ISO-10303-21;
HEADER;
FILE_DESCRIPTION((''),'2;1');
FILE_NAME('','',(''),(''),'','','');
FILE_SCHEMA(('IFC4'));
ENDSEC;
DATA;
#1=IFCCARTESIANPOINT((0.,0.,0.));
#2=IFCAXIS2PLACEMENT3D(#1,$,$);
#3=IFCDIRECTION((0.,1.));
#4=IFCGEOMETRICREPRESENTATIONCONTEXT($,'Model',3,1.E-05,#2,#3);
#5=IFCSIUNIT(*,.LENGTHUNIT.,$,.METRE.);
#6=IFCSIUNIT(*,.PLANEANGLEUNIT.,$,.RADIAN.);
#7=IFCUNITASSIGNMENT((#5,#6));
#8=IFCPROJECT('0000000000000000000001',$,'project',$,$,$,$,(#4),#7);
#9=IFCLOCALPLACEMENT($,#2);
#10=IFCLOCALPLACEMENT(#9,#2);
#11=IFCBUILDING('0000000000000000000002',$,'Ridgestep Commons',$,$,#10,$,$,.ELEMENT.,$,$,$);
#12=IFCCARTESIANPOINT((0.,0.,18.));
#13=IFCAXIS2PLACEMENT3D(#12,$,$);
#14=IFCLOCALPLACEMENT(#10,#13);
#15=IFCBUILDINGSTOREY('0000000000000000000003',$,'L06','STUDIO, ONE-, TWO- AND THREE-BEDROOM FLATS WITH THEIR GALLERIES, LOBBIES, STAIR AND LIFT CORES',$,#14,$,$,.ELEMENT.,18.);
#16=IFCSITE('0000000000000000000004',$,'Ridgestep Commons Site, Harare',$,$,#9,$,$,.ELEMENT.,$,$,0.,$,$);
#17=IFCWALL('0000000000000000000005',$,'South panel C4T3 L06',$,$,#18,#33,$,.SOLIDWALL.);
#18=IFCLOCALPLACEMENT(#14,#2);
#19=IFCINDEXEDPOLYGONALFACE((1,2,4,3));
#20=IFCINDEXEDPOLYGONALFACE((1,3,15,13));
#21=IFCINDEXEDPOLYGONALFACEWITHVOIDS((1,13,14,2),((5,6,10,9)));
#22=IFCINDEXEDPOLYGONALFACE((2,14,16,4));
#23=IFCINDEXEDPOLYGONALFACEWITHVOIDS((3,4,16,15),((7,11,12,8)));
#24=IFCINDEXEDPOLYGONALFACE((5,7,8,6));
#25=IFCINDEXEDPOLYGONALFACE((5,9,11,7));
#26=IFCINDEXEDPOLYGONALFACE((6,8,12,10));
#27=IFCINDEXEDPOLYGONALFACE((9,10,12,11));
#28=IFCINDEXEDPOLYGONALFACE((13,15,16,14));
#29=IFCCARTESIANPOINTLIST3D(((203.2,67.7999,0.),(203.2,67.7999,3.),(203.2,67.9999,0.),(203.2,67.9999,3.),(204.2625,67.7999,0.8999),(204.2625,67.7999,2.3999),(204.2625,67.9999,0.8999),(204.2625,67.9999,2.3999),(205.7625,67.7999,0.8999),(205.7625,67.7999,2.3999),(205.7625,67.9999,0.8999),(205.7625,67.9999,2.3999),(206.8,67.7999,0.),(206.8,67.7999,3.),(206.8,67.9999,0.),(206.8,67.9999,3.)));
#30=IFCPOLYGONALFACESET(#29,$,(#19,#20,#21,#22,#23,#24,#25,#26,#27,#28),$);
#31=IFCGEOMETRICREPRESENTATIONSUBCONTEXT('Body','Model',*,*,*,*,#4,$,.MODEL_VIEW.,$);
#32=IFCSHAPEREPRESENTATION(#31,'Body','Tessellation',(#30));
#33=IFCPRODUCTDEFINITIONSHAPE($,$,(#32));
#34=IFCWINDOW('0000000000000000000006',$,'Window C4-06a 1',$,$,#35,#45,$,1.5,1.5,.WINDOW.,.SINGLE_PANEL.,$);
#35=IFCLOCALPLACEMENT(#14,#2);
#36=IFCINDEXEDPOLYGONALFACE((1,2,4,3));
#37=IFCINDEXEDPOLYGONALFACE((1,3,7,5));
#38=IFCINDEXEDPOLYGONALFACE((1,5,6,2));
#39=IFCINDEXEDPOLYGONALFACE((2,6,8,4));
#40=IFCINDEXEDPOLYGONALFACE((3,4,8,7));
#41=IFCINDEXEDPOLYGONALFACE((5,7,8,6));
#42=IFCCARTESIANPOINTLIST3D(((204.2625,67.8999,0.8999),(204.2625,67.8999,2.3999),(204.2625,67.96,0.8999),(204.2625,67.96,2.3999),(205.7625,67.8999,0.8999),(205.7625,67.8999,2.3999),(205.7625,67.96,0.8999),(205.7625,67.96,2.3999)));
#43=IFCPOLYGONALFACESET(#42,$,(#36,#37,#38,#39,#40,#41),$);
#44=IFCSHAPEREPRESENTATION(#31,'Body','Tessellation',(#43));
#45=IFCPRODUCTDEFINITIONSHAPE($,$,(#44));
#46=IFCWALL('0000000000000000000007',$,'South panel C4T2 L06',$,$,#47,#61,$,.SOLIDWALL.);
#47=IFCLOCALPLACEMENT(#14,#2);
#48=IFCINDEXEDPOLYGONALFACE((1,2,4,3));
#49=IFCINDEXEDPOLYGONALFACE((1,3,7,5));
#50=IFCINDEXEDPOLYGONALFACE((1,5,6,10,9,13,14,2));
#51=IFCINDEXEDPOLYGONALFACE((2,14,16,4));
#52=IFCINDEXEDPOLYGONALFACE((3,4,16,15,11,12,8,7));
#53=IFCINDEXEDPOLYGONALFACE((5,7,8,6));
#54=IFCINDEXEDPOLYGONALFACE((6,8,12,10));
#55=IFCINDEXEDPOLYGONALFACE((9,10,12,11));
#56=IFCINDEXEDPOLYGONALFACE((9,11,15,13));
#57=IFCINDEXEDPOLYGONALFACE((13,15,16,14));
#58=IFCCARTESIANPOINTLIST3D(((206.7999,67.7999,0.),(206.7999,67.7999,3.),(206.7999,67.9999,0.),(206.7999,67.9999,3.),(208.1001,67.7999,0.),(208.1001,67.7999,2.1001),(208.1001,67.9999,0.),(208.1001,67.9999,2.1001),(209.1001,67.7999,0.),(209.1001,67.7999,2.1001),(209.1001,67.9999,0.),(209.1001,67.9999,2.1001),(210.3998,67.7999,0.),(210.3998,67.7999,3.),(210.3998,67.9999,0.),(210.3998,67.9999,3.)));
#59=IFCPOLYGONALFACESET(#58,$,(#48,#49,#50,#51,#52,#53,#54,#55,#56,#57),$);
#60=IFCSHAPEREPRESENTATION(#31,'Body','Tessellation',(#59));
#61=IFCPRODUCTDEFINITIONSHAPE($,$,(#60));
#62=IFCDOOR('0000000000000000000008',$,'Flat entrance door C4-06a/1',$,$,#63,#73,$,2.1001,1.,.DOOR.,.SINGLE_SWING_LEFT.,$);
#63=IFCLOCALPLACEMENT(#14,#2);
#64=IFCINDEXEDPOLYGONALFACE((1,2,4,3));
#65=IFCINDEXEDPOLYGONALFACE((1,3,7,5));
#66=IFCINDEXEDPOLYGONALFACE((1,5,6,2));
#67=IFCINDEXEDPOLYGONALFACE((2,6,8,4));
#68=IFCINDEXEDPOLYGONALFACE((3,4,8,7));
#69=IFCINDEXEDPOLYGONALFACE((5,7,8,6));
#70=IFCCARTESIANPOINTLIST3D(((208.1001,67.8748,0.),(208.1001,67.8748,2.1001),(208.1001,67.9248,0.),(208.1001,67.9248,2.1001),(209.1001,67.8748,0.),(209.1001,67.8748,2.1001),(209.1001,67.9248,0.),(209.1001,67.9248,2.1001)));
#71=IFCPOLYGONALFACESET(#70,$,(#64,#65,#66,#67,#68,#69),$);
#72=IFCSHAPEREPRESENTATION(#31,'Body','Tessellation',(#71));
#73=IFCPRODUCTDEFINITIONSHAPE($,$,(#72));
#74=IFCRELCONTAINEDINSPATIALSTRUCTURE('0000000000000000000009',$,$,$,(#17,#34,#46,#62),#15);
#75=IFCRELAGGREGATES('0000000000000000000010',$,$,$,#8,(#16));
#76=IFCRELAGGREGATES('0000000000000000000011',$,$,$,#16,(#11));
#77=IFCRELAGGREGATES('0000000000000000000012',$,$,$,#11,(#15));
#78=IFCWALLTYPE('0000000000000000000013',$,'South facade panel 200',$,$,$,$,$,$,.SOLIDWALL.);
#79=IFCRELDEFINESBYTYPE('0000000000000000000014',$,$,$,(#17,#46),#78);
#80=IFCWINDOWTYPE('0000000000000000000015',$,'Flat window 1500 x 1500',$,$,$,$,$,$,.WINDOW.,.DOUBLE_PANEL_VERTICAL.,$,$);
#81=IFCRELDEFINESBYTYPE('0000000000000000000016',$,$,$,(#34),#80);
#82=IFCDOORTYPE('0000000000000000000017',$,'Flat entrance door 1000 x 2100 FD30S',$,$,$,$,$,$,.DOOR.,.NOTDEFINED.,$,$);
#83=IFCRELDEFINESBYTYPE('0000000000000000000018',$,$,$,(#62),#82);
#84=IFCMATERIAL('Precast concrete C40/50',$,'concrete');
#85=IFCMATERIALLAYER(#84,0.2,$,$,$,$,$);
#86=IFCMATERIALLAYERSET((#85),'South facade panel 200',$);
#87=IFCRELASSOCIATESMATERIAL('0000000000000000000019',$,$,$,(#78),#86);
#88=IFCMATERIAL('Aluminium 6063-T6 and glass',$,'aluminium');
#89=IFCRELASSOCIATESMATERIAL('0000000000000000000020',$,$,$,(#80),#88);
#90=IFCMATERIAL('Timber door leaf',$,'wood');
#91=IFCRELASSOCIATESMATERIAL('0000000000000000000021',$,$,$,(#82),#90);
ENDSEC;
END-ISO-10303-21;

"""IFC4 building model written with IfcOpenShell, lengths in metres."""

from ifc_helpers import new_model, si_unit, direction, frame, frame_2d, origin, place, context, subcontext, project, spatial, rectangle, extrude, material, layer, layer_set, type_object, element, fill, save


model = new_model("IFC4")

# Units and contexts
model_context = context("Model", 3, precision=1e-05, world=origin(), true_north=direction((0.0, 1.0)))
body_context = subcontext(model_context, "Body", "Model", "MODEL_VIEW")
ifc_project = project(units=[si_unit("LENGTHUNIT", "METRE"), si_unit("PLANEANGLEUNIT", "RADIAN")], contexts=[model_context])

# Site, building, storey
site_placement = place(None, origin())
site = spatial("IfcSite", under=ifc_project, at=site_placement, Name="Ridgestep Commons Site, Harare", CompositionType="ELEMENT", RefElevation=0.0)
building_placement = place(site_placement, origin())
building = spatial("IfcBuilding", under=site, at=building_placement, Name="Ridgestep Commons", CompositionType="ELEMENT")
storey_placement = place(building_placement, frame((0.0, 0.0, 18.0)))
storey = spatial("IfcBuildingStorey", under=building, at=storey_placement, Name="L06", Description="STUDIO, ONE-, TWO- AND THREE-BEDROOM FLATS WITH THEIR GALLERIES, LOBBIES, STAIR AND LIFT CORES", CompositionType="ELEMENT", Elevation=18.0)

# Wall, opening, window
ifc_material_1 = material(Name="Precast concrete C40/50", Category="concrete")
ifc_layer_1 = layer(ifc_material_1, 0.2)
ifc_layer_set_1 = layer_set([ifc_layer_1], Name="South facade panel 200")
wall_type_1 = type_object("IfcWallType", Name="South facade panel 200", PredefinedType="SOLIDWALL", material=ifc_layer_set_1)
wall_1_placement = place(storey_placement, frame((203.2, 67.8999, 0.0), z_axis=(0.0, 0.0, 1.0), x_axis=(1.0, 0.0, 0.0)))
wall_1 = element("IfcWall", 1, at=wall_1_placement, inside=storey, type_object=wall_type_1, Name="South panel C4T3 L06", PredefinedType="SOLIDWALL", context=body_context, shape_type="SweptSolid", body=[
    extrude(rectangle(XDim=3.6001, YDim=0.2, at=frame_2d((1.8, 0.0))), origin(), (0.0, 0.0, 1.0), 3.0),
])
opening_1_placement = place(wall_1_placement, frame((1.0625, 0.0, 0.8999)))
opening_1 = element("IfcOpeningElement", 2, at=opening_1_placement, cuts=wall_1, PredefinedType="OPENING", context=body_context, shape_type="SweptSolid", body=[
    extrude(rectangle(XDim=1.5, YDim=1.5, at=frame_2d((0.75, 0.75))), frame((0.0, 0.1099, 0.0), z_axis=(0.0, -1.0, 0.0), x_axis=(1.0, 0.0, 0.0)), (0.0, 0.0, 1.0), 0.22),
])
ifc_material_2 = material(Name="Aluminium 6063-T6 and glass", Category="aluminium")
window_type = type_object("IfcWindowType", Name="Flat window 1500 x 1500", PartitioningType="DOUBLE_PANEL_VERTICAL", PredefinedType="WINDOW", material=ifc_material_2)
window_placement = place(opening_1_placement, origin())
window = element("IfcWindow", 3, at=window_placement, inside=storey, type_object=window_type, Name="Window C4-06a 1", OverallHeight=1.5, OverallWidth=1.5, PartitioningType="SINGLE_PANEL", PredefinedType="WINDOW", context=body_context, shape_type="SweptSolid", body=[
    extrude(rectangle(XDim=1.5, YDim=1.5, at=frame_2d((0.75, 0.75))), frame((0.0, 0.0601, 0.0), z_axis=(0.0, -1.0, 0.0), x_axis=(1.0, 0.0, 0.0)), (0.0, 0.0, 1.0), 0.0601),
])
fill(opening_1, window)

# Wall, opening, door
wall_2_placement = place(storey_placement, frame((206.8, 67.8999, 0.0), z_axis=(0.0, 0.0, 1.0), x_axis=(1.0, 0.0, 0.0)))
wall_2 = element("IfcWall", 4, at=wall_2_placement, inside=storey, type_object=wall_type_1, Name="South panel C4T2 L06", PredefinedType="SOLIDWALL", context=body_context, shape_type="SweptSolid", body=[
    extrude(rectangle(XDim=3.5999, YDim=0.2, at=frame_2d((1.7998, 0.0))), origin(), (0.0, 0.0, 1.0), 3.0),
])
opening_2_placement = place(wall_2_placement, frame((1.3, 0.0, 0.0)))
opening_2 = element("IfcOpeningElement", 5, at=opening_2_placement, cuts=wall_2, PredefinedType="OPENING", context=body_context, shape_type="SweptSolid", body=[
    extrude(rectangle(XDim=1.0, YDim=2.1001, at=frame_2d((0.5, 1.05))), frame((0.0, 0.1099, 0.0), z_axis=(0.0, -1.0, 0.0), x_axis=(1.0, 0.0, 0.0)), (0.0, 0.0, 1.0), 0.22),
])
ifc_material_3 = material(Name="Timber door leaf", Category="wood")
door_type_1 = type_object("IfcDoorType", Name="Flat entrance door 1000 x 2100 FD30S", OperationType="NOTDEFINED", PredefinedType="DOOR", material=ifc_material_3)
door_1_placement = place(opening_2_placement, origin())
door_1 = element("IfcDoor", 6, at=door_1_placement, inside=storey, type_object=door_type_1, Name="Flat entrance door C4-06a/1", OperationType="SINGLE_SWING_LEFT", OverallHeight=2.1001, OverallWidth=1.0, PredefinedType="DOOR", context=body_context, shape_type="SweptSolid", body=[
    extrude(rectangle(XDim=1.0, YDim=2.1001, at=frame_2d((0.5, 1.05))), frame((0.0, 0.0249, 0.0), z_axis=(0.0, -1.0, 0.0), x_axis=(1.0, 0.0, 0.0)), (0.0, 0.0, 1.0), 0.05),
])
fill(opening_2, door_1)

save(model, "model.ifc")
